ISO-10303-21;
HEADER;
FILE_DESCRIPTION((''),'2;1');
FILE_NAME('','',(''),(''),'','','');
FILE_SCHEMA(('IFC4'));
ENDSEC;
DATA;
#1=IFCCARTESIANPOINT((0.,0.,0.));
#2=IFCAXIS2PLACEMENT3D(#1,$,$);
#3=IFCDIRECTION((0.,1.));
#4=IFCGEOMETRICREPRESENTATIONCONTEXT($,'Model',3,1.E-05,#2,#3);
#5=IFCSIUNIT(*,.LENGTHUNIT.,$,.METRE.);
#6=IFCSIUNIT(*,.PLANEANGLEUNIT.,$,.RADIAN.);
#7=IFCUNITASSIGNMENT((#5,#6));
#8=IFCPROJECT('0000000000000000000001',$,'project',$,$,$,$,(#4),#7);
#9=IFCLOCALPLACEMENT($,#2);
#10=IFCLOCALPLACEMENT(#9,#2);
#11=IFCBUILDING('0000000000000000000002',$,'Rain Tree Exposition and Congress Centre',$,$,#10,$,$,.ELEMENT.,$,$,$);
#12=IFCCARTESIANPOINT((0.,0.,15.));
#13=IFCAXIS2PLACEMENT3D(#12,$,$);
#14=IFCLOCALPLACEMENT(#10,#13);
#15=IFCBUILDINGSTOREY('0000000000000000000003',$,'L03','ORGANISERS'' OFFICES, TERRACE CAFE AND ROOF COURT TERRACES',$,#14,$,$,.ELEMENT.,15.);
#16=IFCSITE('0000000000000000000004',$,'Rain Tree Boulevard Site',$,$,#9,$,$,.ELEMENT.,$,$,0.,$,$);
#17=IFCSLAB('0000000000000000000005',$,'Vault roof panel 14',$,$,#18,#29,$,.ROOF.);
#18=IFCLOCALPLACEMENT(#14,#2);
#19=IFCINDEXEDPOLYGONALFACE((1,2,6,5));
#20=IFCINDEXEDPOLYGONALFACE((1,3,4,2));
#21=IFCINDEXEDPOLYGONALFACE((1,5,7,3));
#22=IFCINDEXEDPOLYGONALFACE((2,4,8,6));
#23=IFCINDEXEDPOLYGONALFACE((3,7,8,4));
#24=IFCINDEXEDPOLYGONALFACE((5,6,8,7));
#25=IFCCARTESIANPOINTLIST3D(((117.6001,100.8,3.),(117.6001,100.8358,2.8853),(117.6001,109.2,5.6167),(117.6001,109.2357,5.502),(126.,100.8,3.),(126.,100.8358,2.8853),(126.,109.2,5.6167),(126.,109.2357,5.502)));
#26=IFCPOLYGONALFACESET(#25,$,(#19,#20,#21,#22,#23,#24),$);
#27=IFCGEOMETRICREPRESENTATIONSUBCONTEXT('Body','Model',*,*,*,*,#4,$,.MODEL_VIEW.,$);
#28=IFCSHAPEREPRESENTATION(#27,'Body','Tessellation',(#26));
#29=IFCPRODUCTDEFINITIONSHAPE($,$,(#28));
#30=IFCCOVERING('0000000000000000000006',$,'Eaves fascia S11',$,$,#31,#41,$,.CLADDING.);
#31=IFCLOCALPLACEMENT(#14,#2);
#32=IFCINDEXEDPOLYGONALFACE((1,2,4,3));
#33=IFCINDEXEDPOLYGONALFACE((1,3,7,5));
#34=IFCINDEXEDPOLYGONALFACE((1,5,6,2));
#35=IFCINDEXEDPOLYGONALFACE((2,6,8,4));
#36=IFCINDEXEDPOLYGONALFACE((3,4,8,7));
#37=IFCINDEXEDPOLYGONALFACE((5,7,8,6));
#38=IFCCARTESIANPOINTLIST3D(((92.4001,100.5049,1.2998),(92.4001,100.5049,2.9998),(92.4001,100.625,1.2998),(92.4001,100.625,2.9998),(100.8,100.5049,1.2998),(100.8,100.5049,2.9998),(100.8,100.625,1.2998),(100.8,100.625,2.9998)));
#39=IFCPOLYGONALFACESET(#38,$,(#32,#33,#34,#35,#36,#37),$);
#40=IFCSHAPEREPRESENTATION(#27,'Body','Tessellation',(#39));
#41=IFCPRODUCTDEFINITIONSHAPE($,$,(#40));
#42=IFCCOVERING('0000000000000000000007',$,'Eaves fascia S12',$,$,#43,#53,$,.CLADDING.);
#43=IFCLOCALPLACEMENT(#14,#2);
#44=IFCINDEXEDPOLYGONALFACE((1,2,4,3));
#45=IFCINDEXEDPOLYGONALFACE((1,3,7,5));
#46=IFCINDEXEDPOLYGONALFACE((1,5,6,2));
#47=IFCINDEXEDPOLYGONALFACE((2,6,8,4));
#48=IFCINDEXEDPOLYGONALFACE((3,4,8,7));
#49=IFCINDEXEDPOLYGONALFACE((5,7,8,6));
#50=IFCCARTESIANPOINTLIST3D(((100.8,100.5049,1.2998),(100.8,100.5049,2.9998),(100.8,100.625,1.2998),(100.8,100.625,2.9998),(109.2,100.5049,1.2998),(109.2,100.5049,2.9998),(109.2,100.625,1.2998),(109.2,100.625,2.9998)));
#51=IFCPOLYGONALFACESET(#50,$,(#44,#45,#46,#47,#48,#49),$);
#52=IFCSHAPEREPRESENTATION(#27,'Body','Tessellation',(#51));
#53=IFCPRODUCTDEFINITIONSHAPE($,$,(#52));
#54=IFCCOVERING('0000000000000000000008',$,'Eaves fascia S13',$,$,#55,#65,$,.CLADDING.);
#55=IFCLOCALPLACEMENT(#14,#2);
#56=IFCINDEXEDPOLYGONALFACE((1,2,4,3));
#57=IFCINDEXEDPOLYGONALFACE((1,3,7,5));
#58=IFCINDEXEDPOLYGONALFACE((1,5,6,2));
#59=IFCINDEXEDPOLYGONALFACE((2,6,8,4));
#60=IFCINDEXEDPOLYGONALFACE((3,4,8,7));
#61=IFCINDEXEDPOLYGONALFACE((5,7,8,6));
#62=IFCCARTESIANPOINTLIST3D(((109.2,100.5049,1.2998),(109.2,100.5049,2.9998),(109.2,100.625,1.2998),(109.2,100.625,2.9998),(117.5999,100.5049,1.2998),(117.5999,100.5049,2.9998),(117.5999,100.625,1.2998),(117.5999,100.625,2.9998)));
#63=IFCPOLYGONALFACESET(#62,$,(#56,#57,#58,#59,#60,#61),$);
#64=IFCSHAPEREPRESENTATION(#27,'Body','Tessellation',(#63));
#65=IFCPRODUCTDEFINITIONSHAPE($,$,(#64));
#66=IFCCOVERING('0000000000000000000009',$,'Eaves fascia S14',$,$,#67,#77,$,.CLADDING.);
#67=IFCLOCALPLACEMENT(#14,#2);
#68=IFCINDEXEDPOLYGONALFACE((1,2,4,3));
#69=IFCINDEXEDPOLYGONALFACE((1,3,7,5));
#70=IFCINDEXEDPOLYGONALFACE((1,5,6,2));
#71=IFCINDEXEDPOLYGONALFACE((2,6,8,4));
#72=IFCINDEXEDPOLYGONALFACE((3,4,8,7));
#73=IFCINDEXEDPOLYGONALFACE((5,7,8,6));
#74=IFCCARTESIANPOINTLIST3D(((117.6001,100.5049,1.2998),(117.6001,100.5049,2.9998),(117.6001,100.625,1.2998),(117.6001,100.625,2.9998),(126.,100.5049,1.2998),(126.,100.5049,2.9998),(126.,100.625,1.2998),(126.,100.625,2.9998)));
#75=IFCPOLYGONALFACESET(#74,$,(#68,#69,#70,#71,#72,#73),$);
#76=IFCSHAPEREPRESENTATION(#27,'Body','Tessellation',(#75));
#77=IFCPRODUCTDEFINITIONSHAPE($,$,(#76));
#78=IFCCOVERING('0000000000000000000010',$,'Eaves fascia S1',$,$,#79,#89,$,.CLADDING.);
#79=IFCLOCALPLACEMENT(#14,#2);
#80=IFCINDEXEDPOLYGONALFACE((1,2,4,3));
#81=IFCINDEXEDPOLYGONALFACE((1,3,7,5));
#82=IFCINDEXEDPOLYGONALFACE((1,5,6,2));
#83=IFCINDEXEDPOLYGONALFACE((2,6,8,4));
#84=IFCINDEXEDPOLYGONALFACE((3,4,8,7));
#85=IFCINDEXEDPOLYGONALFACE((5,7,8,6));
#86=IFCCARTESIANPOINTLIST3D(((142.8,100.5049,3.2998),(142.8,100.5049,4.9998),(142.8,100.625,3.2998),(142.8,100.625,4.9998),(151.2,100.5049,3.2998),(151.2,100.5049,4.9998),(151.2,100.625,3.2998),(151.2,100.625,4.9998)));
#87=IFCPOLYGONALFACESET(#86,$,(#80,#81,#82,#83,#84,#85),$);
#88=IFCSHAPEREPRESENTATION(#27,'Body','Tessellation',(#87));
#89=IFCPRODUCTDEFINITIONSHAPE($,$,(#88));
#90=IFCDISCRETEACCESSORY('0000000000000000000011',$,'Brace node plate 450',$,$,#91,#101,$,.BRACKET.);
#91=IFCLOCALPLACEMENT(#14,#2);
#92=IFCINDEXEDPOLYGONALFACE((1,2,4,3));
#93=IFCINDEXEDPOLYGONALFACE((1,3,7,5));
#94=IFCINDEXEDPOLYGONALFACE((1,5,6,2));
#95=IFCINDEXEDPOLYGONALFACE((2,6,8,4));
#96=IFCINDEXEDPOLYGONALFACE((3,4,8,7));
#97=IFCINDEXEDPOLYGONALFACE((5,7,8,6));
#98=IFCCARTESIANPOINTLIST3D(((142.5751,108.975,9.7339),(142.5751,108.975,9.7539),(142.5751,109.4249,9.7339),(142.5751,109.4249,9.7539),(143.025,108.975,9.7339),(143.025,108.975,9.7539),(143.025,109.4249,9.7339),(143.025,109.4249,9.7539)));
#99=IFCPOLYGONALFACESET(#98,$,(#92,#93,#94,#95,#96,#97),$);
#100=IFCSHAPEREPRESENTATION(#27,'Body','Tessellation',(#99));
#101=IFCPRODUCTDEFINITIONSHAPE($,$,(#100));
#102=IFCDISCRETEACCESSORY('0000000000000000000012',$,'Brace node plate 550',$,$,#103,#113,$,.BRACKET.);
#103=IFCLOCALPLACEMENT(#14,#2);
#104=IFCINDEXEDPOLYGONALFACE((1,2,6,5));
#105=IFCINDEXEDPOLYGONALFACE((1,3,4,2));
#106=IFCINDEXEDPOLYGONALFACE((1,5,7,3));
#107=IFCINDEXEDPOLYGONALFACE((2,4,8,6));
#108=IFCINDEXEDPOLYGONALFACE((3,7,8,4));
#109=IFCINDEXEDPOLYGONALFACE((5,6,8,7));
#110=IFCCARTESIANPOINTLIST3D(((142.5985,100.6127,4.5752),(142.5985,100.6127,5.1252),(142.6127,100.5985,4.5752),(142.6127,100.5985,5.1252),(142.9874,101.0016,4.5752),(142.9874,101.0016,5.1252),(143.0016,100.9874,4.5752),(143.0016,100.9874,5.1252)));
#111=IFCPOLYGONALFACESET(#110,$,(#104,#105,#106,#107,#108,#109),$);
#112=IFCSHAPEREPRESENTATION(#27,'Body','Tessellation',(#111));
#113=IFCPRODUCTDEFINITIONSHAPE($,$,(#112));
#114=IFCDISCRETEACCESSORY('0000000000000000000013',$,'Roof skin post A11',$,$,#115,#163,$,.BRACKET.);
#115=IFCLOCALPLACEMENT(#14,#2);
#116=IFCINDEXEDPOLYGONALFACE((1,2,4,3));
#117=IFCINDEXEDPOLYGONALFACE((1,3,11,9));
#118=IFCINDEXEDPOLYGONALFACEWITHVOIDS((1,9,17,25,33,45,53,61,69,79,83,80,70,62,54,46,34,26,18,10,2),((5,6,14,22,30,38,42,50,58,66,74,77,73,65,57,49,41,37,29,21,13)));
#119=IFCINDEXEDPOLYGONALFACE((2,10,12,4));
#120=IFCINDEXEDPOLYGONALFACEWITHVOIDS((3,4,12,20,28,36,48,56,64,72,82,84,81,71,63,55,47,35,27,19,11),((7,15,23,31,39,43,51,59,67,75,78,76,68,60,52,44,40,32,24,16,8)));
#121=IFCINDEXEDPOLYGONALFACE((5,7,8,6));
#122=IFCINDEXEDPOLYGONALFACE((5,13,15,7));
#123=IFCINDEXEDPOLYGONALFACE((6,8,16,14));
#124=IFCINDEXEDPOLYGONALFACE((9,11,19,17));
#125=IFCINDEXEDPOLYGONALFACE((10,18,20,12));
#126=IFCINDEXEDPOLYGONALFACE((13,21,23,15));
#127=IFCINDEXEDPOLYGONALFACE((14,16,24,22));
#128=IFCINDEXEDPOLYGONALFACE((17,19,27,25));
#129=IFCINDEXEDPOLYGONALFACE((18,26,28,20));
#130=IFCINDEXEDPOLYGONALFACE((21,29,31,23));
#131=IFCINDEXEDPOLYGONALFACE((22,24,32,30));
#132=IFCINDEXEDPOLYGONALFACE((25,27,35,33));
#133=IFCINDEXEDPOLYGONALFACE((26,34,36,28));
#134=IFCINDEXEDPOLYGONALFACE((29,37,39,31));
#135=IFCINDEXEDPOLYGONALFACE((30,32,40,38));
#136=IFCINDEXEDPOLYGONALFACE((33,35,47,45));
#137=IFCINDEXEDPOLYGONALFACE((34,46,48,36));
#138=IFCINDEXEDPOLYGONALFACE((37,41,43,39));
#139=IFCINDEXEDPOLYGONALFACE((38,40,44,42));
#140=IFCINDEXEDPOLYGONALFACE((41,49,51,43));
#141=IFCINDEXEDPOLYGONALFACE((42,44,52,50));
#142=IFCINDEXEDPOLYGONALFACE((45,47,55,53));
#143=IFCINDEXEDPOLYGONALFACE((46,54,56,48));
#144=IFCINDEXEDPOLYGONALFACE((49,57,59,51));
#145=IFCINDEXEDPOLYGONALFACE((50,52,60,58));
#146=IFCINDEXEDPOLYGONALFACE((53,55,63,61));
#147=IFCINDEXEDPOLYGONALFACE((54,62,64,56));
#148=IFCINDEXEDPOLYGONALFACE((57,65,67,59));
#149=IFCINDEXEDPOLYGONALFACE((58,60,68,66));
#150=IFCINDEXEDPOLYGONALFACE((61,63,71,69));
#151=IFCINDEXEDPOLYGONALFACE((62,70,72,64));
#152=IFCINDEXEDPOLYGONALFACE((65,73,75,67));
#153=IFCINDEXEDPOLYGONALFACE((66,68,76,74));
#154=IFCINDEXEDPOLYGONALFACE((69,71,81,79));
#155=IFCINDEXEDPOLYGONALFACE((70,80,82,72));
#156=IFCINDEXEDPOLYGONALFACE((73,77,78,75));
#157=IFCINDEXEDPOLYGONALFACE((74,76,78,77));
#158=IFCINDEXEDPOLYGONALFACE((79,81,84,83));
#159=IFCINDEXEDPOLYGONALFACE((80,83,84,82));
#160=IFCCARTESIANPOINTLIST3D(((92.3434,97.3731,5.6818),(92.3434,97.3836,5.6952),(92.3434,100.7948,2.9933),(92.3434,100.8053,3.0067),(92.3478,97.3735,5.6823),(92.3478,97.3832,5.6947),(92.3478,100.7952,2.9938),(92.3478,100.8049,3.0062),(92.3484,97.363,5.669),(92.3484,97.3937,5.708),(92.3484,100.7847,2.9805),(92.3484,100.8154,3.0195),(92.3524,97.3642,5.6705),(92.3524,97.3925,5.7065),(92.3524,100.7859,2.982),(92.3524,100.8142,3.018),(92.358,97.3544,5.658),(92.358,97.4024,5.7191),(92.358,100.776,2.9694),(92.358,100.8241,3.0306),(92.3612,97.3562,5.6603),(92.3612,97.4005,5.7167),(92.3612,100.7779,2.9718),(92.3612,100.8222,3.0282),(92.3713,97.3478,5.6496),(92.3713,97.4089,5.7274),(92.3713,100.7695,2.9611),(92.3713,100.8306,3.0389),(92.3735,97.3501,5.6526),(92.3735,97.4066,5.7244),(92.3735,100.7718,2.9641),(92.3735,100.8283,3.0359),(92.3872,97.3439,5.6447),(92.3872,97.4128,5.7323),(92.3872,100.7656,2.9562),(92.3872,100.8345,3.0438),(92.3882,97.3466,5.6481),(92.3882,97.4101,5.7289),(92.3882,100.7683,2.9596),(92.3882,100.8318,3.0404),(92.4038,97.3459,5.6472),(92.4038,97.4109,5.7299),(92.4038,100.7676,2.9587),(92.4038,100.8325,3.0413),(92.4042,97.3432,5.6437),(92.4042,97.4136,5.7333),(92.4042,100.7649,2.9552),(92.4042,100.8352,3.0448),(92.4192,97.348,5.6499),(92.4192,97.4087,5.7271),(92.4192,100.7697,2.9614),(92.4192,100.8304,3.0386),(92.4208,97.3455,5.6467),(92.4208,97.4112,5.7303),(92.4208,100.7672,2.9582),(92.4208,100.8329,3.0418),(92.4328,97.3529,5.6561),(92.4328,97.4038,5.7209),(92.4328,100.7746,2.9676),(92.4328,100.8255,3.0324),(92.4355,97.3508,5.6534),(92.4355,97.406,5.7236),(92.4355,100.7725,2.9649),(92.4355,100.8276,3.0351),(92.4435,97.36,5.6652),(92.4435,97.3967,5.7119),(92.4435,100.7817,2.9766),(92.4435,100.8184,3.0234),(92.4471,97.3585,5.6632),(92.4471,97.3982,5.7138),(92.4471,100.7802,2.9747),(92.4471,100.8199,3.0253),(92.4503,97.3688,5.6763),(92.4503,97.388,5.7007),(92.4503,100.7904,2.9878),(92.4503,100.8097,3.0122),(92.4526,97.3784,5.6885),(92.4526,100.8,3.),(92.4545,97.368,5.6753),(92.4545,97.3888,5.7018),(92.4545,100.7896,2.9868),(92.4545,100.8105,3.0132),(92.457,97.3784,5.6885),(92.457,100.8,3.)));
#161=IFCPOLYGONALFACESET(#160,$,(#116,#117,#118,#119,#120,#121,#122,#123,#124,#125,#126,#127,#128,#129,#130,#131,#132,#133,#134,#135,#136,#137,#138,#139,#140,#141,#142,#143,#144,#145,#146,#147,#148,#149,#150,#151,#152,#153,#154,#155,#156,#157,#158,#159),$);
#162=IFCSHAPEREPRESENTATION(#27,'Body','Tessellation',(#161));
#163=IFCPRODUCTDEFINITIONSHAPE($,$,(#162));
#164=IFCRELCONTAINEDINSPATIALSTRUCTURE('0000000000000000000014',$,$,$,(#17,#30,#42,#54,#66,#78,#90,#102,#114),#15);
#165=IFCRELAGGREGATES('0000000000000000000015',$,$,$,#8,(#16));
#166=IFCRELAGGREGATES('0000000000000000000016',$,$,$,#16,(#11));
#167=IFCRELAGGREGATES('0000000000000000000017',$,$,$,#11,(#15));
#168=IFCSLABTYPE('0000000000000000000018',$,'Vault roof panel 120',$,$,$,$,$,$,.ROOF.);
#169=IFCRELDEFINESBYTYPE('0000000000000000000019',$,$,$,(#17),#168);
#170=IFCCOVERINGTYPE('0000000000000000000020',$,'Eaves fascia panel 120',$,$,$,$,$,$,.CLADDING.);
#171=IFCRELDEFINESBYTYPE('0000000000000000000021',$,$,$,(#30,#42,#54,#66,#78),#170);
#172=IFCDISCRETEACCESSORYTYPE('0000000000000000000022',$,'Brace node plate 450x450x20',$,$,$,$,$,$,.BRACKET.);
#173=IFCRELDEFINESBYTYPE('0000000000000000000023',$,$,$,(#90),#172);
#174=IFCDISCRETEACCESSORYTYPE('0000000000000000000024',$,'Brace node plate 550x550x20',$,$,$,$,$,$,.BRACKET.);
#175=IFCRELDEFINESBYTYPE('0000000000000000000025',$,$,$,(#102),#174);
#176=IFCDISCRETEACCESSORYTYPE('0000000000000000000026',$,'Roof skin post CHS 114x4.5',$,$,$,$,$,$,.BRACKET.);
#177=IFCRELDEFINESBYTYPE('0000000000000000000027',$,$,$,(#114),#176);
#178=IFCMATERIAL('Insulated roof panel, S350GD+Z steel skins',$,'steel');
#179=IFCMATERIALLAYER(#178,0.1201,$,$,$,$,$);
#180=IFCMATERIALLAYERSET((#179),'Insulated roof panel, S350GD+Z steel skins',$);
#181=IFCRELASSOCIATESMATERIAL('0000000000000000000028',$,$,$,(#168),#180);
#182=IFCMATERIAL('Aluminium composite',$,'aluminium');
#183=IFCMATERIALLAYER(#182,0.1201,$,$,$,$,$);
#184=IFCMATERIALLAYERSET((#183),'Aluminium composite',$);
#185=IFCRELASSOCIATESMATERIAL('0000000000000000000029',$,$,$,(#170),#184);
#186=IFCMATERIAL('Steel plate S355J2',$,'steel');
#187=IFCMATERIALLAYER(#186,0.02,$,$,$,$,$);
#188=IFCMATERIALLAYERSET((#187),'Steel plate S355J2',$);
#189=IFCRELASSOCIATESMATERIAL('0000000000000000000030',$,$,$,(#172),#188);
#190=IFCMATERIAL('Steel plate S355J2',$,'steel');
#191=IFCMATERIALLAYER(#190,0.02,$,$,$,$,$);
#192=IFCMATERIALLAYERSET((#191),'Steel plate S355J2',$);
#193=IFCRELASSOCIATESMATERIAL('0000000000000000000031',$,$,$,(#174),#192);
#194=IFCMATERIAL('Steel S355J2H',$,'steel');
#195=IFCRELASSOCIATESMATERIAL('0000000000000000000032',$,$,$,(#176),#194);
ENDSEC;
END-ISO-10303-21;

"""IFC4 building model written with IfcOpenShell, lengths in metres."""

from ifc_helpers import new_model, si_unit, direction, frame, origin, origin_2d, place, context, subcontext, project, spatial, polyline, rectangle, hollow_circle, outline, extrude, material, layer, layer_set, material_profile, profile_set, type_object, element, save


model = new_model("IFC4")

# Units and contexts
model_context = context("Model", 3, precision=1e-05, world=origin(), true_north=direction((0.0, 1.0)))
body_context = subcontext(model_context, "Body", "Model", "MODEL_VIEW")
ifc_project = project(units=[si_unit("LENGTHUNIT", "METRE"), si_unit("PLANEANGLEUNIT", "RADIAN")], contexts=[model_context])

# Site, building, storey
site_placement = place(None, origin())
site = spatial("IfcSite", under=ifc_project, at=site_placement, Name="Rain Tree Boulevard Site", CompositionType="ELEMENT", RefElevation=0.0)
building_placement = place(site_placement, origin())
building = spatial("IfcBuilding", under=site, at=building_placement, Name="Rain Tree Exposition and Congress Centre", CompositionType="ELEMENT")
storey_placement = place(building_placement, frame((0.0, 0.0, 15.0)))
storey = spatial("IfcBuildingStorey", under=building, at=storey_placement, Name="L03", Description="ORGANISERS' OFFICES, TERRACE CAFE AND ROOF COURT TERRACES", CompositionType="ELEMENT", Elevation=15.0)

# Slab
ifc_material_1 = material(Name="Insulated roof panel, S350GD+Z steel skins", Category="steel")
ifc_layer_1 = layer(ifc_material_1, 0.1201)
ifc_layer_set_1 = layer_set([ifc_layer_1], Name="Insulated roof panel, S350GD+Z steel skins")
slab_type = type_object("IfcSlabType", Name="Vault roof panel 120", PredefinedType="ROOF", material=ifc_layer_set_1)
slab_1_placement = place(storey_placement, frame((117.6001, 100.8, 3.0), z_axis=(0.0, -0.297418, 0.954747), x_axis=(1.0, 0.0, 0.0)))
element("IfcSlab", 1, at=slab_1_placement, inside=storey, type_object=slab_type, Name="Vault roof panel 14", PredefinedType="ROOF", context=body_context, shape_type="SweptSolid", body=[
    extrude(outline(polyline([(0.0, 0.0), (8.3999, 0.0), (8.3999, 8.798), (0.0, 8.798), (0.0, 0.0)])), origin(), (0.0, 0.0, -1.0), 0.1201),
])

# Coverings
ifc_material_2 = material(Name="Aluminium composite", Category="aluminium")
ifc_layer_2 = layer(ifc_material_2, 0.1201)
ifc_layer_set_2 = layer_set([ifc_layer_2], Name="Aluminium composite")
covering_type = type_object("IfcCoveringType", Name="Eaves fascia panel 120", PredefinedType="CLADDING", material=ifc_layer_set_2)
for number, where, z_axis, x_axis, name in (
    (2, (96.6001, 100.5649, 1.2998), (0.0, 0.0, 1.0), (1.0, 0.0, 0.0), "Eaves fascia S11"),
    (3, (105.0, 100.5649, 1.2998), (0.0, 0.0, 1.0), (1.0, 0.0, 0.0), "Eaves fascia S12"),
    (4, (113.3999, 100.5649, 1.2998), (0.0, 0.0, 1.0), (1.0, 0.0, 0.0), "Eaves fascia S13"),
    (5, (121.8, 100.5649, 1.2998), (0.0, 0.0, 1.0), (1.0, 0.0, 0.0), "Eaves fascia S14"),
    (6, (147.0, 100.5649, 3.2998), (0.0, 0.0, 1.0), (1.0, 0.0, 0.0), "Eaves fascia S1"),
):
    element("IfcCovering", number, at=place(storey_placement, frame(where, z_axis=z_axis, x_axis=x_axis)), inside=storey, type_object=covering_type, Name=name, PredefinedType="CLADDING", context=body_context, shape_type="SweptSolid", body=[
        extrude(rectangle(XDim=8.3999, YDim=0.1201, at=origin_2d()), origin(), (0.0, 0.0, 1.0), 1.7),
    ])

# Discrete accessories
ifc_material_3 = material(Name="Steel plate S355J2", Category="steel")
ifc_layer_3 = layer(ifc_material_3, 0.02)
ifc_layer_set_3 = layer_set([ifc_layer_3], Name="Steel plate S355J2")
discrete_accessory_type_1 = type_object("IfcDiscreteAccessoryType", Name="Brace node plate 450x450x20", PredefinedType="BRACKET", material=ifc_layer_set_3)
discrete_accessory_1_placement = place(storey_placement, frame((142.8, 109.2, 9.7339), z_axis=(0.0, 0.0, 1.0), x_axis=(1.0, 0.0, 0.0)))
element("IfcDiscreteAccessory", 7, at=discrete_accessory_1_placement, inside=storey, type_object=discrete_accessory_type_1, Name="Brace node plate 450", PredefinedType="BRACKET", context=body_context, shape_type="SweptSolid", body=[
    extrude(rectangle(XDim=0.45, YDim=0.45, at=origin_2d()), origin(), (0.0, 0.0, 1.0), 0.02),
])
ifc_material_4 = material(Name="Steel plate S355J2", Category="steel")
ifc_layer_4 = layer(ifc_material_4, 0.02)
ifc_layer_set_4 = layer_set([ifc_layer_4], Name="Steel plate S355J2")
discrete_accessory_type_2 = type_object("IfcDiscreteAccessoryType", Name="Brace node plate 550x550x20", PredefinedType="BRACKET", material=ifc_layer_set_4)
discrete_accessory_2_placement = place(storey_placement, frame((142.8, 100.8, 4.5752), z_axis=(0.0, 0.0, 1.0), x_axis=(0.707107, 0.707107, 0.0)))
element("IfcDiscreteAccessory", 8, at=discrete_accessory_2_placement, inside=storey, type_object=discrete_accessory_type_2, Name="Brace node plate 550", PredefinedType="BRACKET", context=body_context, shape_type="SweptSolid", body=[
    extrude(rectangle(XDim=0.55, YDim=0.02, at=origin_2d()), origin(), (0.0, 0.0, 1.0), 0.55),
])
ifc_material_5 = material(Name="Steel S355J2H", Category="steel")
ifc_material_profile_1 = material_profile(ifc_material_5, hollow_circle(Radius=0.0571, WallThickness=0.0044, at=origin_2d()), Name="CHS 114x4.5")
ifc_profile_set_1 = profile_set([ifc_material_profile_1], Name="Steel S355J2H")
discrete_accessory_type_3 = type_object("IfcDiscreteAccessoryType", Name="Roof skin post CHS 114x4.5", PredefinedType="BRACKET", material=ifc_profile_set_1)
discrete_accessory_3_placement = place(storey_placement, frame((92.3999, 100.8, 3.0), z_axis=(0.0, -0.786312, 0.617829), x_axis=(1.0, 0.0, 0.0)))
element("IfcDiscreteAccessory", 9, at=discrete_accessory_3_placement, inside=storey, type_object=discrete_accessory_type_3, Name="Roof skin post A11", PredefinedType="BRACKET", context=body_context, shape_type="SweptSolid", body=[
    extrude(hollow_circle(Radius=0.0571, WallThickness=0.0044, at=origin_2d()), origin(), (0.0, 0.0, 1.0), 4.3516),
])

save(model, "model.ifc")
